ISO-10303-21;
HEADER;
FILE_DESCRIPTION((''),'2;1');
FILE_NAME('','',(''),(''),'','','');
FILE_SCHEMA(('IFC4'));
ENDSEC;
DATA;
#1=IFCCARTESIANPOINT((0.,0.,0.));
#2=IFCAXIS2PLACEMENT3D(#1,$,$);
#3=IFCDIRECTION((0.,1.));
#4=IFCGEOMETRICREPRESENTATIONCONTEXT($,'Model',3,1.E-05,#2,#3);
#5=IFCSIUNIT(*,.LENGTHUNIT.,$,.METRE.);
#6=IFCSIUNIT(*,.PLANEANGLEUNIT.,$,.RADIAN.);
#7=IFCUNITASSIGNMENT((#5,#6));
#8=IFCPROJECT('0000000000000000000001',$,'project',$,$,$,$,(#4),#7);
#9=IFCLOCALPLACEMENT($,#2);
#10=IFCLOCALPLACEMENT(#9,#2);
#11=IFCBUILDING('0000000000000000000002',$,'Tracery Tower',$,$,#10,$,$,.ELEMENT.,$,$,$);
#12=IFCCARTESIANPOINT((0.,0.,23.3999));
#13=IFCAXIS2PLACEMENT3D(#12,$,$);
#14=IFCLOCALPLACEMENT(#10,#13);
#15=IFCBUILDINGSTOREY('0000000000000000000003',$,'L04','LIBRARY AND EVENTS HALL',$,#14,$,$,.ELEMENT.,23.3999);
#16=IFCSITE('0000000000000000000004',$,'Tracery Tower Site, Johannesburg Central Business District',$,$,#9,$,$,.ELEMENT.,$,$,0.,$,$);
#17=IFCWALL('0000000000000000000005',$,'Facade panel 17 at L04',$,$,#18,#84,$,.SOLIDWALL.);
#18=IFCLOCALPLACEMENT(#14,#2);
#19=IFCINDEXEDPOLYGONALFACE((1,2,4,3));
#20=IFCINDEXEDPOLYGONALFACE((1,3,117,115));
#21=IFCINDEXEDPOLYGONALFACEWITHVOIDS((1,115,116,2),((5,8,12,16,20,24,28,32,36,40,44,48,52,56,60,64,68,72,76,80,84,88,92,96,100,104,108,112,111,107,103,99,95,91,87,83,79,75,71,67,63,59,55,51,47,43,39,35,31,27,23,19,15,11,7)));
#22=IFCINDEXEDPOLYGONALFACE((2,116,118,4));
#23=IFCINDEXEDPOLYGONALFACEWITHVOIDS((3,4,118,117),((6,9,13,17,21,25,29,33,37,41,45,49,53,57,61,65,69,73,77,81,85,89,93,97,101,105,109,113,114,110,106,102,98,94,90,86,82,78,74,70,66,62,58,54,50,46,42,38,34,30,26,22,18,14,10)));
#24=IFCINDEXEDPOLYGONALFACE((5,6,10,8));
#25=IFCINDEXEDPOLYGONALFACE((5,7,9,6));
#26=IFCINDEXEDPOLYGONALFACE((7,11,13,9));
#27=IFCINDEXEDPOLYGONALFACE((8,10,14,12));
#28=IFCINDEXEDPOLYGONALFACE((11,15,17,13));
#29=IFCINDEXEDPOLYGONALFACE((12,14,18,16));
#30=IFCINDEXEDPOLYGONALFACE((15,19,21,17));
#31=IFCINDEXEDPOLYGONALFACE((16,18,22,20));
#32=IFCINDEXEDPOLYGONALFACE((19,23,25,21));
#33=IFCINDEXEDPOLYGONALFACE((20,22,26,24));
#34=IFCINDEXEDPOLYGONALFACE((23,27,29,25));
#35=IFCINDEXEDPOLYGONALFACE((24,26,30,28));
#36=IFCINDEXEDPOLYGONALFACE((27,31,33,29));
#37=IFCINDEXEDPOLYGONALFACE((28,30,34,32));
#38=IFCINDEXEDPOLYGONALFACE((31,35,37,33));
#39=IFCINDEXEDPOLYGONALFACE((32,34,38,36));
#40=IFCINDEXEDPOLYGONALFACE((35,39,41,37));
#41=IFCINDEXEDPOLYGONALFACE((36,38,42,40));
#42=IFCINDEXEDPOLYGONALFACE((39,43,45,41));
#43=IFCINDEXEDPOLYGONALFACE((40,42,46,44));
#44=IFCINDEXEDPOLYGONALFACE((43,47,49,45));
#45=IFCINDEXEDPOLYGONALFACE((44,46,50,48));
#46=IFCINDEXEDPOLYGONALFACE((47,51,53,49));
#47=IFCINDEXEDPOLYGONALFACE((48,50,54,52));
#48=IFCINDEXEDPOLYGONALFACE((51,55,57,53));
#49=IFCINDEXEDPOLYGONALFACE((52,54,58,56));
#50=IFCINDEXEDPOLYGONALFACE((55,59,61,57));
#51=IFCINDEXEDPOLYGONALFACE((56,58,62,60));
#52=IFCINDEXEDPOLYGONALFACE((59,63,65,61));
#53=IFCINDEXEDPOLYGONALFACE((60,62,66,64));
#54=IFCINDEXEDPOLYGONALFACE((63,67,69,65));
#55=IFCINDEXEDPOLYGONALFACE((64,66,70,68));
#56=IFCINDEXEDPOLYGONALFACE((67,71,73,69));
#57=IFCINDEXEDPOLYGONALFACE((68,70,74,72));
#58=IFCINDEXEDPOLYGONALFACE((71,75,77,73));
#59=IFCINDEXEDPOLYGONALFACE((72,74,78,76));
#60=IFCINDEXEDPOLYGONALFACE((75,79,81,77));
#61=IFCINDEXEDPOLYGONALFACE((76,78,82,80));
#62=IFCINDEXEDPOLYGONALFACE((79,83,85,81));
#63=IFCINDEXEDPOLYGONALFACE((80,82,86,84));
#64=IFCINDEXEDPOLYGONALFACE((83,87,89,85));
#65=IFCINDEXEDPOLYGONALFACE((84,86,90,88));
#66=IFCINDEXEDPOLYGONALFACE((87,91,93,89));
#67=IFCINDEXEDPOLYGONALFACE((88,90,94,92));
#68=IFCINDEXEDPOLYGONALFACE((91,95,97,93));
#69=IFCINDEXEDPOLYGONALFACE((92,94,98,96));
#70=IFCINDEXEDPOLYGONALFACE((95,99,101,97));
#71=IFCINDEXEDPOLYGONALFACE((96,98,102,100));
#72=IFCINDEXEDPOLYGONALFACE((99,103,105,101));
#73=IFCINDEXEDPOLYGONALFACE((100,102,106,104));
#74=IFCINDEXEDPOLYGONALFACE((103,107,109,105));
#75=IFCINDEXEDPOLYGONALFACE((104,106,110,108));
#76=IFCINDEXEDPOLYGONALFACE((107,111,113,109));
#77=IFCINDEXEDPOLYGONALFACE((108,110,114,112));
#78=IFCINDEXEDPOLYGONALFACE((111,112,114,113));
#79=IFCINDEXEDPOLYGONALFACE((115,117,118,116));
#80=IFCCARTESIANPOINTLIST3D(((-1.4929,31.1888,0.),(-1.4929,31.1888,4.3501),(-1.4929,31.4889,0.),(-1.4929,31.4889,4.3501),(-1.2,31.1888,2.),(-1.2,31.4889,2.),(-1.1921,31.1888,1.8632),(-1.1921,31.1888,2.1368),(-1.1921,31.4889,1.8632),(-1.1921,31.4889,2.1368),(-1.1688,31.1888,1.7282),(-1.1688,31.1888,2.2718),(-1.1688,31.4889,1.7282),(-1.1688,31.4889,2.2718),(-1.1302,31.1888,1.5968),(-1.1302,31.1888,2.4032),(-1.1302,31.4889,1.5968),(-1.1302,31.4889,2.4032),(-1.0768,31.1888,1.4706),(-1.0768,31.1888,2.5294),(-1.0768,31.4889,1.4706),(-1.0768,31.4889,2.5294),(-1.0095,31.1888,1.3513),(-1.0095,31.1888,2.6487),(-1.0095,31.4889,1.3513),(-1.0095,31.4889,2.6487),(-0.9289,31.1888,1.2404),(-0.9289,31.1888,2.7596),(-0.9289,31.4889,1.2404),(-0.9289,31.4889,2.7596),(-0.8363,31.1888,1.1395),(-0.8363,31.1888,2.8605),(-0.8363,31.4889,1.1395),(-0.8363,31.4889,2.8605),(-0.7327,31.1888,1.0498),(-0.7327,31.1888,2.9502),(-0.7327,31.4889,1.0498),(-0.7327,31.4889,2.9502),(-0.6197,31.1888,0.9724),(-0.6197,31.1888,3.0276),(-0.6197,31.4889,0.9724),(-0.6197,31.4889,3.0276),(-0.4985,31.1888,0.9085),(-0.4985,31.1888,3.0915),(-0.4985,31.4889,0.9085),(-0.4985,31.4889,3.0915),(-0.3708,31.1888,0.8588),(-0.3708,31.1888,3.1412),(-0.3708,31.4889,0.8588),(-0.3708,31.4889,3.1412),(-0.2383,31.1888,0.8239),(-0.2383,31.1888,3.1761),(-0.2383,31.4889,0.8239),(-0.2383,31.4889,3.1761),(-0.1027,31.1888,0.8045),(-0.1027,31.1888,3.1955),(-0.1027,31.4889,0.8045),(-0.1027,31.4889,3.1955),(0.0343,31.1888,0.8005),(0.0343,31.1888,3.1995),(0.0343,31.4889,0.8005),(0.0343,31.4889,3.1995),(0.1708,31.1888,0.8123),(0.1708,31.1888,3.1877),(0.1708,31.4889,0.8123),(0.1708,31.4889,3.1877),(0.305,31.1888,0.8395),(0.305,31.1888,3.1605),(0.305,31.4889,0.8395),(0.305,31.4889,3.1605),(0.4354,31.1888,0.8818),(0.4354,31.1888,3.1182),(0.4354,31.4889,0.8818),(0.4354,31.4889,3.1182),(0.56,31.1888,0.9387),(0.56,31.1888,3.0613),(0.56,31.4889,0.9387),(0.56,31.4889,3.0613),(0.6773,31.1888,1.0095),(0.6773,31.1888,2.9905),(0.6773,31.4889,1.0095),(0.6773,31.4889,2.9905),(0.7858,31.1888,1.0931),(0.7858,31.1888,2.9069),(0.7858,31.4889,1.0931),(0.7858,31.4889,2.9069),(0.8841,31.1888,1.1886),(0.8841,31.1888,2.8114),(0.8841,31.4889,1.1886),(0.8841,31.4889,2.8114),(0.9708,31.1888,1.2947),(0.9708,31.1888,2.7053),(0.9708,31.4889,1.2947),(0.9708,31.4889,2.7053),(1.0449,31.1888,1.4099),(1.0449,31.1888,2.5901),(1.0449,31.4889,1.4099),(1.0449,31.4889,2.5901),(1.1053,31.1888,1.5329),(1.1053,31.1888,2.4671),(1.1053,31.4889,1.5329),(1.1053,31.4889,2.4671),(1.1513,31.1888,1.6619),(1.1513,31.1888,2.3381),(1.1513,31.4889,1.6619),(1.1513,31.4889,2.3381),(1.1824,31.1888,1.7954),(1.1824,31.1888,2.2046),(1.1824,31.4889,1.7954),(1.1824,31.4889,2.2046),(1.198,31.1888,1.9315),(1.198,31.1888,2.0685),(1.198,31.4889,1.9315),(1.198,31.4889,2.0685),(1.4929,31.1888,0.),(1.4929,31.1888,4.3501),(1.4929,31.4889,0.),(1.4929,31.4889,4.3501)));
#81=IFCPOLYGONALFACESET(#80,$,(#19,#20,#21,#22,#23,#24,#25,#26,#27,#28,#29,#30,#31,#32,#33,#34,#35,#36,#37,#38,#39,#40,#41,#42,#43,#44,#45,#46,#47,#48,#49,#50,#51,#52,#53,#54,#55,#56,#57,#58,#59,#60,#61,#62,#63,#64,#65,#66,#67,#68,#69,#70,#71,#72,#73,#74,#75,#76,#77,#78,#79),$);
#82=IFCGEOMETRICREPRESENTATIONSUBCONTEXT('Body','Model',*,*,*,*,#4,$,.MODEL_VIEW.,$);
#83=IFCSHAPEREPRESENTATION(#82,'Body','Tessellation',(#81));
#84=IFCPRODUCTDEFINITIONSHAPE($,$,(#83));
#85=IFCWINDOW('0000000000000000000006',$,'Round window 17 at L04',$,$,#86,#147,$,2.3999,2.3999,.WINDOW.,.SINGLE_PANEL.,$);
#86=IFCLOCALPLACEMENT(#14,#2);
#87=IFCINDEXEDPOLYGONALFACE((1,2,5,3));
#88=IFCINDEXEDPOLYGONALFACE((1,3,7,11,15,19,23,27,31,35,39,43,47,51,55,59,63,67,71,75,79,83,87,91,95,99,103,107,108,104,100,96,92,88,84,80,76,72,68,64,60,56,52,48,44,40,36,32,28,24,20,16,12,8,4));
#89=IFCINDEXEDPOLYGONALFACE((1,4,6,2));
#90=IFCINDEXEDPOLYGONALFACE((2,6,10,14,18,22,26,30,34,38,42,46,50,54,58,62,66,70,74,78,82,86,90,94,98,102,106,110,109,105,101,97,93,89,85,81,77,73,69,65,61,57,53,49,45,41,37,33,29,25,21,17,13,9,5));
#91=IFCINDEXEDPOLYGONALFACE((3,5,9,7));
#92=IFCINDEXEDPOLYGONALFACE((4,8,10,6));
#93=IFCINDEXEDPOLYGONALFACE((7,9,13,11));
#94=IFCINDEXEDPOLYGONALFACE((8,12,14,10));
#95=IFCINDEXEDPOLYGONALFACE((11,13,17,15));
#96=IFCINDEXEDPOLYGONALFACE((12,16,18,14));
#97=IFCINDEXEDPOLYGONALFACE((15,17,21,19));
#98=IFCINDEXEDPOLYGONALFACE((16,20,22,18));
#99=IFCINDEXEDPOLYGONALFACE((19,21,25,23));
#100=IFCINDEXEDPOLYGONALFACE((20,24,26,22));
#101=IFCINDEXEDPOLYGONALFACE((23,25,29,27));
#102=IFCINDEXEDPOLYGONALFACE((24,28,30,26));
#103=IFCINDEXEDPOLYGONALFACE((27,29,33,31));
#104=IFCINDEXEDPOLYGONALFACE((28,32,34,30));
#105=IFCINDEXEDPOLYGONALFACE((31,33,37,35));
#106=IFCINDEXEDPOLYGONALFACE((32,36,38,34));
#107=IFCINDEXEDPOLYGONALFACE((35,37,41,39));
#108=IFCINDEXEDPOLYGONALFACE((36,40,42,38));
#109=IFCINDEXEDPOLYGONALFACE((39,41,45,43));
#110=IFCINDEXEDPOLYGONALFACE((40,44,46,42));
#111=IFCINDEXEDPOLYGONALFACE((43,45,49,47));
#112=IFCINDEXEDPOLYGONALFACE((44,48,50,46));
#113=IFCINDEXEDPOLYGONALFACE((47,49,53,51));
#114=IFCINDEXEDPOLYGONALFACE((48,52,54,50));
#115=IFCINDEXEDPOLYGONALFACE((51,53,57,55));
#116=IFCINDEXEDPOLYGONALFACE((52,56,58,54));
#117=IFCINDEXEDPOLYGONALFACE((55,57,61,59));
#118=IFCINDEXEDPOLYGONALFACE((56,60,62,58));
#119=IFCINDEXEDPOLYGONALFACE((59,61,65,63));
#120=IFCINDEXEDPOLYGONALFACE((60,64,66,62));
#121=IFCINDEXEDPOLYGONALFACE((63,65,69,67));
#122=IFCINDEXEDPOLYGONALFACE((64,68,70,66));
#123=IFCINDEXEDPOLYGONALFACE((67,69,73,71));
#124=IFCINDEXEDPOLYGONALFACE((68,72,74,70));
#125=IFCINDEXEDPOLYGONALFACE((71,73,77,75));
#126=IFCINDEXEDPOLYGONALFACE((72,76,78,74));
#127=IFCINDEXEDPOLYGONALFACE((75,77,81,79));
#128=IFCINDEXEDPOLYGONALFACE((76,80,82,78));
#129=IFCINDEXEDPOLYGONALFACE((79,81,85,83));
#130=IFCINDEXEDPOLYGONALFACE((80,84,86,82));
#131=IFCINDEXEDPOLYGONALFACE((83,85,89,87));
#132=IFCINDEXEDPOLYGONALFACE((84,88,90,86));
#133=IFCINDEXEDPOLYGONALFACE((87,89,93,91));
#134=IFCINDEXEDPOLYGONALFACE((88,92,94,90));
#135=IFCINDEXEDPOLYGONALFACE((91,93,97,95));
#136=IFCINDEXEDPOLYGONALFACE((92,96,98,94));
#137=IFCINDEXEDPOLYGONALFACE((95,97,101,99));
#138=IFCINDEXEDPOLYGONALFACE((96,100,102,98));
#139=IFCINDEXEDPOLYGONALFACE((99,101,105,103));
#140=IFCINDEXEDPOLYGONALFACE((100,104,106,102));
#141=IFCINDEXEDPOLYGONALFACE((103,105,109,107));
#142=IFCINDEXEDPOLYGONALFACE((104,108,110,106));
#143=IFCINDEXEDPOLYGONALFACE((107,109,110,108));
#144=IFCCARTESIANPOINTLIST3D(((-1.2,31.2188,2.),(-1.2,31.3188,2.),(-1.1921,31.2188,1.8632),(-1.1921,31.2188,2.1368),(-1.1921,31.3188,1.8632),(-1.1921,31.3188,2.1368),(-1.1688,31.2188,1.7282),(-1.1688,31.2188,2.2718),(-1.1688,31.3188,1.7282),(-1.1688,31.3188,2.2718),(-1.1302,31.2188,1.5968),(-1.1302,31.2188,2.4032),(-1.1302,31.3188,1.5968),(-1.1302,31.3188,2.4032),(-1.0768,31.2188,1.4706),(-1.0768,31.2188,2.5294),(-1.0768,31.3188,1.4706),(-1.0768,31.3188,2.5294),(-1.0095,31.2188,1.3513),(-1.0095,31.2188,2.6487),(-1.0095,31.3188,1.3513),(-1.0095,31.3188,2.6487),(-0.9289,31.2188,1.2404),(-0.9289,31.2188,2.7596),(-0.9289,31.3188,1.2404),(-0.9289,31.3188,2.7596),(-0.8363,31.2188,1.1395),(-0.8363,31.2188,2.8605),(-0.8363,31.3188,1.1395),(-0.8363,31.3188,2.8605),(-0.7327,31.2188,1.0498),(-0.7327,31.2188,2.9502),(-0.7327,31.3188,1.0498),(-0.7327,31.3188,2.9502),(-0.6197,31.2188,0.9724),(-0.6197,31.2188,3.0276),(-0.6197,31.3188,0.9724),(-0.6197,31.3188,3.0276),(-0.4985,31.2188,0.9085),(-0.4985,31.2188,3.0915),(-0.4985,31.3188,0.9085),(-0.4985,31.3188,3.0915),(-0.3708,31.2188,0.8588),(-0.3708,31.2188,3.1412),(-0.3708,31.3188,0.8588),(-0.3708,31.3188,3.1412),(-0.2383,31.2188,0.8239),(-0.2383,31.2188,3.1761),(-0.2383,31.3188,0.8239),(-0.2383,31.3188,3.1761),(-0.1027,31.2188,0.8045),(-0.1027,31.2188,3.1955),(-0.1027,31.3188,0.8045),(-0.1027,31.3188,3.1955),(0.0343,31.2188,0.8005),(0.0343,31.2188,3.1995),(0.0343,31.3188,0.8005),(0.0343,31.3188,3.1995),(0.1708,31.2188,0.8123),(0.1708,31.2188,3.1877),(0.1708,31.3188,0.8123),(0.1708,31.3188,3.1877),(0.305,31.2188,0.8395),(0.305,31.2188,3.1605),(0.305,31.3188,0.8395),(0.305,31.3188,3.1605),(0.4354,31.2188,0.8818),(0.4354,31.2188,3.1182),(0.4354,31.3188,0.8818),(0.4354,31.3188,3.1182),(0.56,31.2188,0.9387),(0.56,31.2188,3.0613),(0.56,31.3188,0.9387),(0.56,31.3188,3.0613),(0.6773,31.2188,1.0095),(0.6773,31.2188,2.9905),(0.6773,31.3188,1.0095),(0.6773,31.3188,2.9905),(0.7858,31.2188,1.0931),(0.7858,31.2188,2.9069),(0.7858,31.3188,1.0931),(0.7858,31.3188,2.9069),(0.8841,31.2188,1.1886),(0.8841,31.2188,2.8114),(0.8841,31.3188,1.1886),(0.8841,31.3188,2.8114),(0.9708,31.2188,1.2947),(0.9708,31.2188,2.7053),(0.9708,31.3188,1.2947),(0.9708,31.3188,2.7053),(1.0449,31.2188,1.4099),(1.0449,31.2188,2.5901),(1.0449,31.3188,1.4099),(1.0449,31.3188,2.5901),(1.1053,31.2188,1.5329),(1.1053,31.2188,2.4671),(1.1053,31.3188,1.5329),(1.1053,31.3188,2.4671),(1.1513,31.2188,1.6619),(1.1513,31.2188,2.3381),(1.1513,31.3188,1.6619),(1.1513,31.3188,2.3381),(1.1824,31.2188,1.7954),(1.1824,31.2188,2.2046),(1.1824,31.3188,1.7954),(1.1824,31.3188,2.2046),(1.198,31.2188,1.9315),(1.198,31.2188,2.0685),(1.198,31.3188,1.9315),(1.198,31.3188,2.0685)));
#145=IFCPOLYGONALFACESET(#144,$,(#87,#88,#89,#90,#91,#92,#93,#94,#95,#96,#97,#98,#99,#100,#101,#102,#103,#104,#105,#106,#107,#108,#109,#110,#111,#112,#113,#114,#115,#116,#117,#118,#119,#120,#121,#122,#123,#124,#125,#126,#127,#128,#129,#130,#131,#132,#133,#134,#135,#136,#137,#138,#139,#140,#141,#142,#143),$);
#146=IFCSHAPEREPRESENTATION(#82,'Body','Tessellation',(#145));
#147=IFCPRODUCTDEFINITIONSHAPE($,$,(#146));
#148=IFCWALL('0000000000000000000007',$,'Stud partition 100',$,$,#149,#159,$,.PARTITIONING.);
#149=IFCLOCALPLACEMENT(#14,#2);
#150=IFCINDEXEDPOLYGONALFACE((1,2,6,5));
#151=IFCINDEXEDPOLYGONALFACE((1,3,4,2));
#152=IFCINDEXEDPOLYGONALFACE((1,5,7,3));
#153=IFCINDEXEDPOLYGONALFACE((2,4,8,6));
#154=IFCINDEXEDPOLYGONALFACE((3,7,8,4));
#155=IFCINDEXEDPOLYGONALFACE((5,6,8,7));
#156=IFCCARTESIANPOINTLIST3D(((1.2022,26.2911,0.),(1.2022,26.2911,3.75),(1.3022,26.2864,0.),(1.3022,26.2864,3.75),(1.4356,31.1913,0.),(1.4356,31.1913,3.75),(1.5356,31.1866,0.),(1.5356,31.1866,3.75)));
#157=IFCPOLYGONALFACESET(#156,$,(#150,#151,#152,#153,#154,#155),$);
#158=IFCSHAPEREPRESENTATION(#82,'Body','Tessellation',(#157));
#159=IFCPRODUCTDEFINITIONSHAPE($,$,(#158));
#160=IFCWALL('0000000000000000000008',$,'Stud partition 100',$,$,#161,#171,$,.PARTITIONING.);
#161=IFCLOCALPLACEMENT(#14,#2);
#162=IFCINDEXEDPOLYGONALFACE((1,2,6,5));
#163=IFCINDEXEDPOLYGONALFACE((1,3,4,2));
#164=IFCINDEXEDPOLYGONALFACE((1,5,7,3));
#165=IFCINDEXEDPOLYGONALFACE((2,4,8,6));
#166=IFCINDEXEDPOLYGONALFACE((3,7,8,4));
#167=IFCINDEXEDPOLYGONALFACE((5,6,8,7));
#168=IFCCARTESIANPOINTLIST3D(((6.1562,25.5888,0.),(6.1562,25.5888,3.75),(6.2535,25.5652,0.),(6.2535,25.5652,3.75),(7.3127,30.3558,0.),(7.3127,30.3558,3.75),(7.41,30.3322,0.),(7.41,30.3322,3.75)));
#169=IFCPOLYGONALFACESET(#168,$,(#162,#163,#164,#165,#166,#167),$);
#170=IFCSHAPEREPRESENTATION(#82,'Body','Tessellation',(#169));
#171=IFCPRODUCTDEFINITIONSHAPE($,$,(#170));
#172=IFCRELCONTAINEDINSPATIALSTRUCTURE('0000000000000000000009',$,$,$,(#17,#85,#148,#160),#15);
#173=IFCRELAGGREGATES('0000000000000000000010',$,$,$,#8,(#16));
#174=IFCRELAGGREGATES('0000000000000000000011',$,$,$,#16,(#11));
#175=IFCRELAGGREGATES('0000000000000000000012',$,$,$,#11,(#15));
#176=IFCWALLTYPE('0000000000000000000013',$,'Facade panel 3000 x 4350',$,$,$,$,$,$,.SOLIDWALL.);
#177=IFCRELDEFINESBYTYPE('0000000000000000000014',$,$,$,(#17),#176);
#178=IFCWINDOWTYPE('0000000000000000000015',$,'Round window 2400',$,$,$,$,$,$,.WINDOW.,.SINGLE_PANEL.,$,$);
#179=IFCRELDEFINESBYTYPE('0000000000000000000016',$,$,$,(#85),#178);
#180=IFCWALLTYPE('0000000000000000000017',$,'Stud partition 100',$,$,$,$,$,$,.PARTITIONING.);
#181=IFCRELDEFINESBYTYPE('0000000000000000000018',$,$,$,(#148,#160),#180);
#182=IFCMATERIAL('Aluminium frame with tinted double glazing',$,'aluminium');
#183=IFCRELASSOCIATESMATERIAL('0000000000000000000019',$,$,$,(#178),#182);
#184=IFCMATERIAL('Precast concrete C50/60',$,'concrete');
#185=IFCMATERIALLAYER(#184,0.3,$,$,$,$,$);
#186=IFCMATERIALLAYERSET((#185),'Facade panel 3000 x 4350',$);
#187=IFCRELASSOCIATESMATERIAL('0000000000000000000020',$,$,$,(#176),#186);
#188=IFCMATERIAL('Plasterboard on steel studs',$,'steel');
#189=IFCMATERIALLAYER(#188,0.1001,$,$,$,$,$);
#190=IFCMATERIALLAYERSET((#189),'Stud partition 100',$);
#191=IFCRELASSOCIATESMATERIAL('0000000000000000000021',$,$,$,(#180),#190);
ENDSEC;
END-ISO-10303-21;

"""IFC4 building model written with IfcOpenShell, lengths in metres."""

from ifc_helpers import new_model, si_unit, direction, frame, frame_2d, origin, origin_2d, place, context, subcontext, project, spatial, rectangle, circle, extrude, material, layer, layer_set, type_object, element, fill, save


model = new_model("IFC4")

# Units and contexts
model_context = context("Model", 3, precision=1e-05, world=origin(), true_north=direction((0.0, 1.0)))
body_context = subcontext(model_context, "Body", "Model", "MODEL_VIEW")
ifc_project = project(units=[si_unit("LENGTHUNIT", "METRE"), si_unit("PLANEANGLEUNIT", "RADIAN")], contexts=[model_context])

# Site, building, storey
site_placement = place(None, origin())
site = spatial("IfcSite", under=ifc_project, at=site_placement, Name="Tracery Tower Site, Johannesburg Central Business District", CompositionType="ELEMENT", RefElevation=0.0)
building_placement = place(site_placement, origin())
building = spatial("IfcBuilding", under=site, at=building_placement, Name="Tracery Tower", CompositionType="ELEMENT")
storey_placement = place(building_placement, frame((0.0, 0.0, 23.3999)))
storey = spatial("IfcBuildingStorey", under=building, at=storey_placement, Name="L04", Description="LIBRARY AND EVENTS HALL", CompositionType="ELEMENT", Elevation=23.3999)

# Wall, opening, window
ifc_material_1 = material(Name="Aluminium frame with tinted double glazing", Category="aluminium")
window_type = type_object("IfcWindowType", Name="Round window 2400", PartitioningType="SINGLE_PANEL", PredefinedType="WINDOW", material=ifc_material_1)
ifc_material_2 = material(Name="Precast concrete C50/60", Category="concrete")
ifc_layer_1 = layer(ifc_material_2, 0.3)
ifc_layer_set_1 = layer_set([ifc_layer_1], Name="Facade panel 3000 x 4350")
wall_type_1 = type_object("IfcWallType", Name="Facade panel 3000 x 4350", PredefinedType="SOLIDWALL", material=ifc_layer_set_1)
wall_1_placement = place(storey_placement, frame((1.4929, 31.3389, 0.0), z_axis=(0.0, 0.0, 1.0), x_axis=(-1.0, 0.0, 0.0)))
wall_1 = element("IfcWall", 1, at=wall_1_placement, inside=storey, type_object=wall_type_1, Name="Facade panel 17 at L04", PredefinedType="SOLIDWALL", context=body_context, shape_type="SweptSolid", body=[
    extrude(rectangle(XDim=2.9858, YDim=0.3, at=frame_2d((1.4929, 0.0))), origin(), (0.0, 0.0, 1.0), 4.3501),
])
opening_1_placement = place(wall_1_placement, frame((1.4929, 0.0, 2.0)))
opening_1 = element("IfcOpeningElement", 2, at=opening_1_placement, cuts=wall_1, PredefinedType="OPENING", context=body_context, shape_type="SweptSolid", body=[
    extrude(circle(Radius=1.2, at=origin_2d()), frame((0.0, 0.1599, 0.0), z_axis=(0.0, -1.0, 0.0), x_axis=(1.0, 0.0, 0.0)), (0.0, 0.0, 1.0), 0.3201),
])
window_1_placement = place(opening_1_placement, origin())
window_1 = element("IfcWindow", 3, at=window_1_placement, inside=storey, type_object=window_type, Name="Round window 17 at L04", OverallHeight=2.3999, OverallWidth=2.3999, PartitioningType="SINGLE_PANEL", PredefinedType="WINDOW", context=body_context, shape_type="SweptSolid", body=[
    extrude(circle(Radius=1.2, at=origin_2d()), frame((0.0, 0.1201, 0.0), z_axis=(0.0, -1.0, 0.0), x_axis=(1.0, 0.0, 0.0)), (0.0, 0.0, 1.0), 0.1001),
])
fill(opening_1, window_1)

# Walls
ifc_material_3 = material(Name="Plasterboard on steel studs", Category="steel")
ifc_layer_2 = layer(ifc_material_3, 0.1001)
ifc_layer_set_2 = layer_set([ifc_layer_2], Name="Stud partition 100")
wall_type_2 = type_object("IfcWallType", Name="Stud partition 100", PredefinedType="PARTITIONING", material=ifc_layer_set_2)
wall_2_placement = place(storey_placement, frame((1.4856, 31.189, 0.0), z_axis=(0.0, 0.0, 1.0), x_axis=(-0.047577, -0.998868, 0.0)))
element("IfcWall", 4, at=wall_2_placement, inside=storey, type_object=wall_type_2, Name="Stud partition 100", PredefinedType="PARTITIONING", context=body_context, shape_type="SweptSolid", body=[
    extrude(rectangle(XDim=4.9058, YDim=0.1001, at=frame_2d((2.4529, 0.0))), origin(), (0.0, 0.0, 1.0), 3.75),
])
wall_3_placement = place(storey_placement, frame((7.3613, 30.344, 0.0), z_axis=(0.0, 0.0, 1.0), x_axis=(-0.235761, -0.971811, 0.0)))
element("IfcWall", 5, at=wall_3_placement, inside=storey, type_object=wall_type_2, Name="Stud partition 100", PredefinedType="PARTITIONING", context=body_context, shape_type="SweptSolid", body=[
    extrude(rectangle(XDim=4.9053, YDim=0.1001, at=frame_2d((2.4526, 0.0))), origin(), (0.0, 0.0, 1.0), 3.75),
])

save(model, "model.ifc")
